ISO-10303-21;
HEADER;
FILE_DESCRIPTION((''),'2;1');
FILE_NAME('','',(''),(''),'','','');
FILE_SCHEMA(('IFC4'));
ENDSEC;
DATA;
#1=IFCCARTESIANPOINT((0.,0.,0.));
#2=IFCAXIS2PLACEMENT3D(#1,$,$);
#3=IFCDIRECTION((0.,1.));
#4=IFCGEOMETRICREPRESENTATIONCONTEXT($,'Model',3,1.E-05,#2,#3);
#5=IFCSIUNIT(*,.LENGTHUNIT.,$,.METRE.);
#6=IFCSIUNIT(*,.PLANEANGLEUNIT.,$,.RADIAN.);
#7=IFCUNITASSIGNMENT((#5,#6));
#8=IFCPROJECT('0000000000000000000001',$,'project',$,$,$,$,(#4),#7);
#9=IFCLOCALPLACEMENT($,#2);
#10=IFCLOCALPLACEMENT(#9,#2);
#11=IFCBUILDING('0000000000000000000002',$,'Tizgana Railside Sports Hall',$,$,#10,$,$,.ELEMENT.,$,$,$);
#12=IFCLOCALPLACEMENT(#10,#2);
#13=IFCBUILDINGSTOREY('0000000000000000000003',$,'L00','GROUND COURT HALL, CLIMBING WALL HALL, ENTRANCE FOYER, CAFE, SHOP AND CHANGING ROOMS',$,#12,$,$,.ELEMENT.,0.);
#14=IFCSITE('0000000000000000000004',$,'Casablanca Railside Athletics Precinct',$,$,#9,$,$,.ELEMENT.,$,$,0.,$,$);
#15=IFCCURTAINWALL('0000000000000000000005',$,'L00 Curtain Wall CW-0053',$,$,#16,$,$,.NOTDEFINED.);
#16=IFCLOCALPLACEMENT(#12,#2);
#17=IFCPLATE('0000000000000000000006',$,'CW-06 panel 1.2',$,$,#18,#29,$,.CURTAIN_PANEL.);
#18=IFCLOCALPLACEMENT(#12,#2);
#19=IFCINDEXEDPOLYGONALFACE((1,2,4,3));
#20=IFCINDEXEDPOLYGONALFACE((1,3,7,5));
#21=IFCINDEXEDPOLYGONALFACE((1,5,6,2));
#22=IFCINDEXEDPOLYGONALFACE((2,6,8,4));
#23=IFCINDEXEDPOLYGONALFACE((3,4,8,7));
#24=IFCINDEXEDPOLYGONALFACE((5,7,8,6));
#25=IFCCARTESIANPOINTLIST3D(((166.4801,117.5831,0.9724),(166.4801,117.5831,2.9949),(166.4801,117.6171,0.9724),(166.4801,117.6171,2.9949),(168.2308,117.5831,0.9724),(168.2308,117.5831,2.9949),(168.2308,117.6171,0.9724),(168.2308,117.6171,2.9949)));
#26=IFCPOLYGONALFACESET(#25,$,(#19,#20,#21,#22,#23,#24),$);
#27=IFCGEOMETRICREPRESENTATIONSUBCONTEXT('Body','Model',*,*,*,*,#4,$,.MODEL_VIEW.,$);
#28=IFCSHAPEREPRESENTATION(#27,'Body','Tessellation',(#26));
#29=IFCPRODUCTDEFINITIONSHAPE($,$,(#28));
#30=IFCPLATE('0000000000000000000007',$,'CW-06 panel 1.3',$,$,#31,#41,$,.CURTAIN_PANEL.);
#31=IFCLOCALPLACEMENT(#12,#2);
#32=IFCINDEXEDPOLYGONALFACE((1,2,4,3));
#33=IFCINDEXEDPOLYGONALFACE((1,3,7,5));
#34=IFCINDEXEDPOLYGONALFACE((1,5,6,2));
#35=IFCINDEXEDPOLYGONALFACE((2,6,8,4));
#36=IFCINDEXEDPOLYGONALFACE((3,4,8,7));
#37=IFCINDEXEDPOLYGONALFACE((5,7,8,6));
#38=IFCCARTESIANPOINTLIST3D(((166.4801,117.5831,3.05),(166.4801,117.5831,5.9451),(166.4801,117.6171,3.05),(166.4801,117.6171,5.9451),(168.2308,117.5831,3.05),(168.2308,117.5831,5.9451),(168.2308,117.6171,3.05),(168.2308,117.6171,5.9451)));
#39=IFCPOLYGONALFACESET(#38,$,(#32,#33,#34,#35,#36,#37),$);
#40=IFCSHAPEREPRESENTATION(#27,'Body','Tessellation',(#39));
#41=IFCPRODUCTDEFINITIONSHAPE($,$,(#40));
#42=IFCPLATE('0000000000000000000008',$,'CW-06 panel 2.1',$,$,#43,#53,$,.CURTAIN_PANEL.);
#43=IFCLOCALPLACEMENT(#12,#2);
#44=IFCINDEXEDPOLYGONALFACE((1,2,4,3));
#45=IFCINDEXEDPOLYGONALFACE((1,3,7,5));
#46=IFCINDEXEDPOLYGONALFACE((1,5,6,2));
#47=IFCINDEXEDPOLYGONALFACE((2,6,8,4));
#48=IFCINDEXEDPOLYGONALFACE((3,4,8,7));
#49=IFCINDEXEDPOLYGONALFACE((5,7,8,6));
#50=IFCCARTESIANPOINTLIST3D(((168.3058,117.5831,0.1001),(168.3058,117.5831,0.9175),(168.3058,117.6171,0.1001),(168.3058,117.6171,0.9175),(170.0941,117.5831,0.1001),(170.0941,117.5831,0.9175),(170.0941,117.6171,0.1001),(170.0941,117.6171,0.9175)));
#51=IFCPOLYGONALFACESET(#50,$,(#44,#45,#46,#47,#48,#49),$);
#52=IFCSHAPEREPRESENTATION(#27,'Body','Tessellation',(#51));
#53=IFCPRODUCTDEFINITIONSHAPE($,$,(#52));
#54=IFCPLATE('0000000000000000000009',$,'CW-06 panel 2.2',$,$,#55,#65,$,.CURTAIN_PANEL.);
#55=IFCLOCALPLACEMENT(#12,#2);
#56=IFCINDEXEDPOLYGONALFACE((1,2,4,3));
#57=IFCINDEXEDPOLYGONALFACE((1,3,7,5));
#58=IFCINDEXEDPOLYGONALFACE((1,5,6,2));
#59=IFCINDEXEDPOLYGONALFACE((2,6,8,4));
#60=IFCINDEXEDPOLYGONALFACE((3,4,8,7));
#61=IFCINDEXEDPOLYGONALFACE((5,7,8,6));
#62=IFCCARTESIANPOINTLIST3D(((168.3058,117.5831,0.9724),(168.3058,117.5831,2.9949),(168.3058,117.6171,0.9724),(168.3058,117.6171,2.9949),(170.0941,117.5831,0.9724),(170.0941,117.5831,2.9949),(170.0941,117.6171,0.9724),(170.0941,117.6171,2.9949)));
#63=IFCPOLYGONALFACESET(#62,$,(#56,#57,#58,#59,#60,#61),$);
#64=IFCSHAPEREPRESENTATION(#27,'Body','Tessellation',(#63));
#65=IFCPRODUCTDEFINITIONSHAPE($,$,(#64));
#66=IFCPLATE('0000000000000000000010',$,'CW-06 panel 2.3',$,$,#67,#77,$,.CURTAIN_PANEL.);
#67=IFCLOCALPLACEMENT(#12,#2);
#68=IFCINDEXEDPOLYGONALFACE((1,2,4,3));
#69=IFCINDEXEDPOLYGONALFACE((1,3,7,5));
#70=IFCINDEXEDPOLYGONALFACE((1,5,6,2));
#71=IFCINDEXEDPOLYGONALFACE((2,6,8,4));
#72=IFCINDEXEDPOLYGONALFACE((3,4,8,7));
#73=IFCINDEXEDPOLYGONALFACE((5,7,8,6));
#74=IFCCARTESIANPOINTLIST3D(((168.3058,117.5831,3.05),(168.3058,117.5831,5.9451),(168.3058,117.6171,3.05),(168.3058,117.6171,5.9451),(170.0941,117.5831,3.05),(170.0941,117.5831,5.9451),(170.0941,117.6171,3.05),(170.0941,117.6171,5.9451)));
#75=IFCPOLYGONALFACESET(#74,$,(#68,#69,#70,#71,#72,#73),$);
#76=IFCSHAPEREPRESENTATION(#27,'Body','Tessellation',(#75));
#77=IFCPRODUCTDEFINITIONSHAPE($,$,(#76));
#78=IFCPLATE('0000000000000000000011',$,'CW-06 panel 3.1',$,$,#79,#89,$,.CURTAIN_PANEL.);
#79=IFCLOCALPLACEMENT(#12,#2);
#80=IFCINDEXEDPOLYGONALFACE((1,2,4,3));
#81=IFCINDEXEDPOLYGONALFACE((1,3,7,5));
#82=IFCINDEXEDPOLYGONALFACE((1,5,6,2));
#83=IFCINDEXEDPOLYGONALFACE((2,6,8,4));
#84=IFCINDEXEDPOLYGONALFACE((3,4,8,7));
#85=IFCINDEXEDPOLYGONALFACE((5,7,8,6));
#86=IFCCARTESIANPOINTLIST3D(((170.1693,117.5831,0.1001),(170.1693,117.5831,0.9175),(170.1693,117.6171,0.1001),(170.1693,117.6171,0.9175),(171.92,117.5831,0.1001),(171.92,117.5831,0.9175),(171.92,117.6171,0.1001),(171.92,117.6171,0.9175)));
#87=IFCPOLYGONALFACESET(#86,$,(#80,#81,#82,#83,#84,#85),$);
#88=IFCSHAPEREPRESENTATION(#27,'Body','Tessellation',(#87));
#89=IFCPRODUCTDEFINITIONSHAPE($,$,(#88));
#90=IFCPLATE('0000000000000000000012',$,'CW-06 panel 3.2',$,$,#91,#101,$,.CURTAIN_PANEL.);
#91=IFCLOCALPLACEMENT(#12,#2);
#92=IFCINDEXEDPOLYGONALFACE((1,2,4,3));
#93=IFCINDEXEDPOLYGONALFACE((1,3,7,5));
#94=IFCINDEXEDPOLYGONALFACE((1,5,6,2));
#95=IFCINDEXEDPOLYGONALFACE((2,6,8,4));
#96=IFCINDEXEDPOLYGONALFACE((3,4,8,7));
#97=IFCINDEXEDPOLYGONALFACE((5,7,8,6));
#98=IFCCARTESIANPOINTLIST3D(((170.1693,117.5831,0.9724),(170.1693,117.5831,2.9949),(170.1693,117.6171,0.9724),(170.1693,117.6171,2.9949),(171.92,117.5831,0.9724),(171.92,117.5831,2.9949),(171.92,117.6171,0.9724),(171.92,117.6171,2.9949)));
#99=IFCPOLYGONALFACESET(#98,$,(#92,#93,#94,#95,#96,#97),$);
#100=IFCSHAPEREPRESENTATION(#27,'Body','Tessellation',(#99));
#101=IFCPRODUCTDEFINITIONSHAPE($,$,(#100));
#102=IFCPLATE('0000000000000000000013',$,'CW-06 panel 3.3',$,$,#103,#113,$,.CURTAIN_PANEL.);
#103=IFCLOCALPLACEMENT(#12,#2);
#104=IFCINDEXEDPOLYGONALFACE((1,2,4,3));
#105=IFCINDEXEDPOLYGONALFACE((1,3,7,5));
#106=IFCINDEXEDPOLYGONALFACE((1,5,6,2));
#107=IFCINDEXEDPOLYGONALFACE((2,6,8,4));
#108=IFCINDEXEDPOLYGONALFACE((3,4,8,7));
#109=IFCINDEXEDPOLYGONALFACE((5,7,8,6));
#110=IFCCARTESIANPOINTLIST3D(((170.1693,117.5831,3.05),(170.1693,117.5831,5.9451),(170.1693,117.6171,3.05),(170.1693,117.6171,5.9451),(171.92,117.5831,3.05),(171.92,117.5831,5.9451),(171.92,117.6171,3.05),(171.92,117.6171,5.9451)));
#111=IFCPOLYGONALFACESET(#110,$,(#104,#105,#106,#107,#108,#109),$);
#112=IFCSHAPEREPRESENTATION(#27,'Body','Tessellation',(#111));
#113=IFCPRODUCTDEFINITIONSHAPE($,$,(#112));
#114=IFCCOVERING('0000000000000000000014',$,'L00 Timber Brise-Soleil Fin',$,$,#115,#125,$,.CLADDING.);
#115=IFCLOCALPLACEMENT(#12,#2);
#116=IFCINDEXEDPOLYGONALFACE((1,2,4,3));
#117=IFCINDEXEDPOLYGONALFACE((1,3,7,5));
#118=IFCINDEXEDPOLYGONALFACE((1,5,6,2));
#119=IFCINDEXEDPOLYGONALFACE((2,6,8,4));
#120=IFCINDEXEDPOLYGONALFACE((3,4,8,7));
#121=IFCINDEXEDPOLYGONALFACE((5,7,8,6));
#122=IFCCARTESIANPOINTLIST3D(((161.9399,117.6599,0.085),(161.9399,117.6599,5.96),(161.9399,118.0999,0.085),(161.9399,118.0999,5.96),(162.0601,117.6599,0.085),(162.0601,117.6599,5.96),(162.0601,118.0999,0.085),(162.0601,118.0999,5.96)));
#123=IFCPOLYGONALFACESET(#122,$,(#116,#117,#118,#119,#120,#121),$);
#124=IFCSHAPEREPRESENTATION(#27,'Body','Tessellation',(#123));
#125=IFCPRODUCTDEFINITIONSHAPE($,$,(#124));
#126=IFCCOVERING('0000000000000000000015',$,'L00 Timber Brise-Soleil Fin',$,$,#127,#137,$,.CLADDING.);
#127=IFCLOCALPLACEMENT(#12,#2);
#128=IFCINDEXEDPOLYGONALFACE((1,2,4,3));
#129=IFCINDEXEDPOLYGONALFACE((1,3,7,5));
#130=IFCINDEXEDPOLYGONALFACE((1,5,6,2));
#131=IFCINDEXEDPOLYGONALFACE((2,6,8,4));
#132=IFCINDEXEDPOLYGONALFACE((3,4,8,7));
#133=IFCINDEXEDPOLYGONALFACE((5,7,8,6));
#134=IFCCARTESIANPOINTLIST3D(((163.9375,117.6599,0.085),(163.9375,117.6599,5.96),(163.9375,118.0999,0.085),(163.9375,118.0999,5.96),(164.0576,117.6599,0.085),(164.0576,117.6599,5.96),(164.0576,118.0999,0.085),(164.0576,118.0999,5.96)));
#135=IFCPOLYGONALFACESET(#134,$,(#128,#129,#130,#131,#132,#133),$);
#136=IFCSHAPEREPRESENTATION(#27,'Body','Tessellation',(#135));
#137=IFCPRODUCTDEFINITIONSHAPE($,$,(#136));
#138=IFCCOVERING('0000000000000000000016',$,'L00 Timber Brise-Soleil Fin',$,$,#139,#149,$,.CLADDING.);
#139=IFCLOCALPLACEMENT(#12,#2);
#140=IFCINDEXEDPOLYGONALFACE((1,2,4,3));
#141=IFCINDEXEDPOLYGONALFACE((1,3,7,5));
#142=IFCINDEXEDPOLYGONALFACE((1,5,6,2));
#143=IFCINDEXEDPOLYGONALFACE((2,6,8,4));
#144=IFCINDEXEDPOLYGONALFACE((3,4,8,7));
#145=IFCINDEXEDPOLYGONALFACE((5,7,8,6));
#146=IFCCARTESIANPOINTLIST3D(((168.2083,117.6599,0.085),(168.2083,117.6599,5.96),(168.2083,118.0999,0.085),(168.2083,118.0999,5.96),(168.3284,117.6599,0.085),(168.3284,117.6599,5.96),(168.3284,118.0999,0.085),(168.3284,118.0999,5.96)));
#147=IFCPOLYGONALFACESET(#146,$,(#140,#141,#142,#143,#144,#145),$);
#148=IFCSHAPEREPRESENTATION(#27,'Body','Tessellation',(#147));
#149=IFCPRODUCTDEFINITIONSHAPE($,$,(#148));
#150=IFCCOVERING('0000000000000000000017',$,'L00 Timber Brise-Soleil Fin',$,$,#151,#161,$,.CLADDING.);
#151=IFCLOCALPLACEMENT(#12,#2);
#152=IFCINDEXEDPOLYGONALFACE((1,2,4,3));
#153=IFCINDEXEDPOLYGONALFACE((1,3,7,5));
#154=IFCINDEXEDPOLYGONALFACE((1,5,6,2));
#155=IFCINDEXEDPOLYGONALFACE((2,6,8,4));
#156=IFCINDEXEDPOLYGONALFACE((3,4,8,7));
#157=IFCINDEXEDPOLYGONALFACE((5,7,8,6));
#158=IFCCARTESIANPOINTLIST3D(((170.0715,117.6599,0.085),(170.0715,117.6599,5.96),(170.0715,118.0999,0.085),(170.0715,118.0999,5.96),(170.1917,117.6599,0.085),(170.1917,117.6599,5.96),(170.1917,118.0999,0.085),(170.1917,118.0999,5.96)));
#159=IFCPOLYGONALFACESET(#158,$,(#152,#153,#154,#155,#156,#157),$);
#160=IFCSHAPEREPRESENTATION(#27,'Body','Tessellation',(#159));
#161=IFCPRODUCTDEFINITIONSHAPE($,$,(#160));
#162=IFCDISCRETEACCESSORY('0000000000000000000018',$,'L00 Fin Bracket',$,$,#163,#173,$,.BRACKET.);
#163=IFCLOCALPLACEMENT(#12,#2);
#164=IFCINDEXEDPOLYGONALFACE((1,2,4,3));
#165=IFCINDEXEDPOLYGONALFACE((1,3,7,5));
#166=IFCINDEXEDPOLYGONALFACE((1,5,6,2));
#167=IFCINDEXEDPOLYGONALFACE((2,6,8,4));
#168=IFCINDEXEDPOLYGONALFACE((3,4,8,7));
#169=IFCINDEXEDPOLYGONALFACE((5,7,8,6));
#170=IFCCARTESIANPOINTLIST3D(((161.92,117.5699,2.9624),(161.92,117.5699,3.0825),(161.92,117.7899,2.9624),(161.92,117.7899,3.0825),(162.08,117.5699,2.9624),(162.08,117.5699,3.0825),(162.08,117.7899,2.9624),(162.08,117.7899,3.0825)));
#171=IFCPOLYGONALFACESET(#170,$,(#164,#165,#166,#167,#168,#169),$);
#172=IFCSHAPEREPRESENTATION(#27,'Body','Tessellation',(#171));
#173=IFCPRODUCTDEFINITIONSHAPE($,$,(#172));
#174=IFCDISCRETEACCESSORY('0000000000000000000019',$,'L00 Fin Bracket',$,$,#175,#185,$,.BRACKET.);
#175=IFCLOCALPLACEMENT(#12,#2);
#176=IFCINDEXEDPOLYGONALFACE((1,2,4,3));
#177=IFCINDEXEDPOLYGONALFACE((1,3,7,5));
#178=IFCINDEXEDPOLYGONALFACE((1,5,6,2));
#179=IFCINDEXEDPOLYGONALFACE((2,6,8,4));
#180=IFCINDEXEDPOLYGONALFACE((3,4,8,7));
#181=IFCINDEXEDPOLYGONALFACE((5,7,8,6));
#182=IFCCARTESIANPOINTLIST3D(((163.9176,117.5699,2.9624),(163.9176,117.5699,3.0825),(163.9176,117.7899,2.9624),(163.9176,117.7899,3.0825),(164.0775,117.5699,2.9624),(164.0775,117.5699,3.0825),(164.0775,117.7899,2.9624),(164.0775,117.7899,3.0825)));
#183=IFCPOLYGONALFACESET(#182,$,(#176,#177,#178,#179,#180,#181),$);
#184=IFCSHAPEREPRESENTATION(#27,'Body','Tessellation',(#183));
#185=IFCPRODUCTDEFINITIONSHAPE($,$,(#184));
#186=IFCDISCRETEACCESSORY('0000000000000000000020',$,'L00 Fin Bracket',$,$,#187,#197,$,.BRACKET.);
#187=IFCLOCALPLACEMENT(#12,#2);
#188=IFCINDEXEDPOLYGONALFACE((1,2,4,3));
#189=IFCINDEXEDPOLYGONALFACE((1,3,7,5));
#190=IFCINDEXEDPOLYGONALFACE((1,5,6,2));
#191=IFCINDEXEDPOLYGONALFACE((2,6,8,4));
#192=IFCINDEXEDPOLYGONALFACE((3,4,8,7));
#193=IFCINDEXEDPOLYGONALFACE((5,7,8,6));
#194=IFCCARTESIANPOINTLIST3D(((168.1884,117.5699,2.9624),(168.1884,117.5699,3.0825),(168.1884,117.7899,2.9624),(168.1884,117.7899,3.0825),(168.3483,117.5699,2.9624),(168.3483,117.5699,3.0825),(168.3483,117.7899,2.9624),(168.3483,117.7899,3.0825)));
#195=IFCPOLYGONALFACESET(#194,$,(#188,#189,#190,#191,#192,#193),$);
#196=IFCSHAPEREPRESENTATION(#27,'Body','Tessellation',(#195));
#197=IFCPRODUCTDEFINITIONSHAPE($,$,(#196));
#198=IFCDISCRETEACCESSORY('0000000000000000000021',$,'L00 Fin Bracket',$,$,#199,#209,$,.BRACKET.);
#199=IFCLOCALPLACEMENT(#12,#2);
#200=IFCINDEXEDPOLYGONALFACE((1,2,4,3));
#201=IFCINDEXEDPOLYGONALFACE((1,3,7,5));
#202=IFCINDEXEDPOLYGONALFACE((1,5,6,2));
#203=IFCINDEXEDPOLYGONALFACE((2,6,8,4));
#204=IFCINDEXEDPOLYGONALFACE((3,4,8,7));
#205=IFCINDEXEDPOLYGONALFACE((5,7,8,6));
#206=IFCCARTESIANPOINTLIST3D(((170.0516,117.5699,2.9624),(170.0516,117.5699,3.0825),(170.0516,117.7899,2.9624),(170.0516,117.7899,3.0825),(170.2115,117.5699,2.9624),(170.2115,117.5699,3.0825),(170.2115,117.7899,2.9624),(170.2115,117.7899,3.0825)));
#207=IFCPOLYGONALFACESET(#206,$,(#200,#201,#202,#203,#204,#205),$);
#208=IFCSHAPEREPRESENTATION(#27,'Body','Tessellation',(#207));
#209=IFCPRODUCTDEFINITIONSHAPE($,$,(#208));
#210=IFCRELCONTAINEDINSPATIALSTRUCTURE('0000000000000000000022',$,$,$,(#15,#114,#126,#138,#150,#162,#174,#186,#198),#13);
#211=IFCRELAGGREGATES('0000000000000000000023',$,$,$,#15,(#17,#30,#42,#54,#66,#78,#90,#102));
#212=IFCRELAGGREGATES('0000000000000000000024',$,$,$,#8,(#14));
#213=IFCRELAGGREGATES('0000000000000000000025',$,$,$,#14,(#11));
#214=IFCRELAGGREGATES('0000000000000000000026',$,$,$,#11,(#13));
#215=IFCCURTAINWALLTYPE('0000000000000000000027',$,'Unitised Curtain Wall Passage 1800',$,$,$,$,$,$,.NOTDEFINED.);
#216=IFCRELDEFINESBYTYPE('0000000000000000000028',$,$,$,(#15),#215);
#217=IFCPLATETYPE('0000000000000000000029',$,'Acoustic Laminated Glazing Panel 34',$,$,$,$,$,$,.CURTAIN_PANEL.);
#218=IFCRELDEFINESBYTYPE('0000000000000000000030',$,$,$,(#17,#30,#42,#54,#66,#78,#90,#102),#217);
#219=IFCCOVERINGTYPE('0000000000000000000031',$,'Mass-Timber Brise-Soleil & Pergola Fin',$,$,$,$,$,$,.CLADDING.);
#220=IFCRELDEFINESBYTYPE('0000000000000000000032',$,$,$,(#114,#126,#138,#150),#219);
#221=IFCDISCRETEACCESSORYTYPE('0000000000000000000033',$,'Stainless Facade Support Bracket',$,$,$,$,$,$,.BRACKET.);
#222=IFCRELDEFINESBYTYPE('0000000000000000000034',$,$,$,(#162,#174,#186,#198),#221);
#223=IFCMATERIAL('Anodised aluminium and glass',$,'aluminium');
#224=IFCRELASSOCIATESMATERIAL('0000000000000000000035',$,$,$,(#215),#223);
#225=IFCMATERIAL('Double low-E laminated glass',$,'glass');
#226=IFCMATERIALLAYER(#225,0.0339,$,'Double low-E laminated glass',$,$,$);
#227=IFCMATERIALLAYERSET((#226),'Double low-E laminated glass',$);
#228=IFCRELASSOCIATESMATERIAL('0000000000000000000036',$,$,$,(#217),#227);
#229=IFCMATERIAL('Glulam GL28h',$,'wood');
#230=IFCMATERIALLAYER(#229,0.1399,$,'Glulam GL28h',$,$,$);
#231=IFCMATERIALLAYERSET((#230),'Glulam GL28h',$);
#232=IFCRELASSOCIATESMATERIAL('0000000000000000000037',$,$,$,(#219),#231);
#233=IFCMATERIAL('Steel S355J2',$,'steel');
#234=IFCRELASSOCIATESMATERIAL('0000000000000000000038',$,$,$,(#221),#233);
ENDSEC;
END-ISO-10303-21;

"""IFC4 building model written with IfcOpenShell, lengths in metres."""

from ifc_helpers import new_model, si_unit, direction, frame, origin, origin_2d, place, context, subcontext, project, spatial, rectangle, extrude, material, layer, layer_set, type_object, element, aggregate, save


model = new_model("IFC4")

# Units and contexts
model_context = context("Model", 3, precision=1e-05, world=origin(), true_north=direction((0.0, 1.0)))
body_context = subcontext(model_context, "Body", "Model", "MODEL_VIEW")
ifc_project = project(units=[si_unit("LENGTHUNIT", "METRE"), si_unit("PLANEANGLEUNIT", "RADIAN")], contexts=[model_context])

# Site, building, storey
site_placement = place(None, origin())
site = spatial("IfcSite", under=ifc_project, at=site_placement, Name="Casablanca Railside Athletics Precinct", CompositionType="ELEMENT", RefElevation=0.0)
building_placement = place(site_placement, origin())
building = spatial("IfcBuilding", under=site, at=building_placement, Name="Tizgana Railside Sports Hall", CompositionType="ELEMENT")
storey_placement = place(building_placement, origin())
storey = spatial("IfcBuildingStorey", under=building, at=storey_placement, Name="L00", Description="GROUND COURT HALL, CLIMBING WALL HALL, ENTRANCE FOYER, CAFE, SHOP AND CHANGING ROOMS", CompositionType="ELEMENT", Elevation=0.0)

# Curtain wall, plates
ifc_material_1 = material(Name="Anodised aluminium and glass", Category="aluminium")
curtain_wall_type = type_object("IfcCurtainWallType", Name="Unitised Curtain Wall Passage 1800", PredefinedType="NOTDEFINED", material=ifc_material_1)
curtain_wall_placement = place(storey_placement, origin())
curtain_wall = element("IfcCurtainWall", 1, at=curtain_wall_placement, inside=storey, type_object=curtain_wall_type, Name="L00 Curtain Wall CW-0053", PredefinedType="NOTDEFINED")
ifc_material_2 = material(Name="Double low-E laminated glass", Category="glass")
ifc_layer_1 = layer(ifc_material_2, 0.0339, Name="Double low-E laminated glass")
ifc_layer_set_1 = layer_set([ifc_layer_1], Name="Double low-E laminated glass")
plate_type = type_object("IfcPlateType", Name="Acoustic Laminated Glazing Panel 34", PredefinedType="CURTAIN_PANEL", material=ifc_layer_set_1)
plate_1_placement = place(storey_placement, frame((167.3555, 117.6001, 0.9724), z_axis=(0.0, 0.0, 1.0), x_axis=(1.0, 0.0, 0.0)))
plate_1 = element("IfcPlate", 2, at=plate_1_placement, type_object=plate_type, Name="CW-06 panel 1.2", PredefinedType="CURTAIN_PANEL", context=body_context, shape_type="SweptSolid", body=[
    extrude(rectangle(XDim=1.7507, YDim=0.0339, at=origin_2d()), origin(), (0.0, 0.0, 1.0), 2.0225),
])
plate_2_placement = place(storey_placement, frame((167.3555, 117.6001, 3.05), z_axis=(0.0, 0.0, 1.0), x_axis=(1.0, 0.0, 0.0)))
plate_2 = element("IfcPlate", 3, at=plate_2_placement, type_object=plate_type, Name="CW-06 panel 1.3", PredefinedType="CURTAIN_PANEL", context=body_context, shape_type="SweptSolid", body=[
    extrude(rectangle(XDim=1.7507, YDim=0.0339, at=origin_2d()), origin(), (0.0, 0.0, 1.0), 2.895),
])
plate_3_placement = place(storey_placement, frame((169.2, 117.6001, 0.1001), z_axis=(0.0, 0.0, 1.0), x_axis=(1.0, 0.0, 0.0)))
plate_3 = element("IfcPlate", 4, at=plate_3_placement, type_object=plate_type, Name="CW-06 panel 2.1", PredefinedType="CURTAIN_PANEL", context=body_context, shape_type="SweptSolid", body=[
    extrude(rectangle(XDim=1.7883, YDim=0.0339, at=origin_2d()), origin(), (0.0, 0.0, 1.0), 0.8174),
])
plate_4_placement = place(storey_placement, frame((169.2, 117.6001, 0.9724), z_axis=(0.0, 0.0, 1.0), x_axis=(1.0, 0.0, 0.0)))
plate_4 = element("IfcPlate", 5, at=plate_4_placement, type_object=plate_type, Name="CW-06 panel 2.2", PredefinedType="CURTAIN_PANEL", context=body_context, shape_type="SweptSolid", body=[
    extrude(rectangle(XDim=1.7883, YDim=0.0339, at=origin_2d()), origin(), (0.0, 0.0, 1.0), 2.0225),
])
plate_5_placement = place(storey_placement, frame((169.2, 117.6001, 3.05), z_axis=(0.0, 0.0, 1.0), x_axis=(1.0, 0.0, 0.0)))
plate_5 = element("IfcPlate", 6, at=plate_5_placement, type_object=plate_type, Name="CW-06 panel 2.3", PredefinedType="CURTAIN_PANEL", context=body_context, shape_type="SweptSolid", body=[
    extrude(rectangle(XDim=1.7883, YDim=0.0339, at=origin_2d()), origin(), (0.0, 0.0, 1.0), 2.895),
])
plate_6_placement = place(storey_placement, frame((171.0447, 117.6001, 0.1001), z_axis=(0.0, 0.0, 1.0), x_axis=(1.0, 0.0, 0.0)))
plate_6 = element("IfcPlate", 7, at=plate_6_placement, type_object=plate_type, Name="CW-06 panel 3.1", PredefinedType="CURTAIN_PANEL", context=body_context, shape_type="SweptSolid", body=[
    extrude(rectangle(XDim=1.7507, YDim=0.0339, at=origin_2d()), origin(), (0.0, 0.0, 1.0), 0.8174),
])
plate_7_placement = place(storey_placement, frame((171.0447, 117.6001, 0.9724), z_axis=(0.0, 0.0, 1.0), x_axis=(1.0, 0.0, 0.0)))
plate_7 = element("IfcPlate", 8, at=plate_7_placement, type_object=plate_type, Name="CW-06 panel 3.2", PredefinedType="CURTAIN_PANEL", context=body_context, shape_type="SweptSolid", body=[
    extrude(rectangle(XDim=1.7507, YDim=0.0339, at=origin_2d()), origin(), (0.0, 0.0, 1.0), 2.0225),
])
plate_8_placement = place(storey_placement, frame((171.0447, 117.6001, 3.05), z_axis=(0.0, 0.0, 1.0), x_axis=(1.0, 0.0, 0.0)))
plate_8 = element("IfcPlate", 9, at=plate_8_placement, type_object=plate_type, Name="CW-06 panel 3.3", PredefinedType="CURTAIN_PANEL", context=body_context, shape_type="SweptSolid", body=[
    extrude(rectangle(XDim=1.7507, YDim=0.0339, at=origin_2d()), origin(), (0.0, 0.0, 1.0), 2.895),
])
aggregate(curtain_wall, [plate_1, plate_2, plate_3, plate_4, plate_5, plate_6, plate_7, plate_8])

# Coverings
ifc_material_3 = material(Name="Glulam GL28h", Category="wood")
ifc_layer_2 = layer(ifc_material_3, 0.1399, Name="Glulam GL28h")
ifc_layer_set_2 = layer_set([ifc_layer_2], Name="Glulam GL28h")
covering_type = type_object("IfcCoveringType", Name="Mass-Timber Brise-Soleil & Pergola Fin", PredefinedType="CLADDING", material=ifc_layer_set_2)
for number, where, z_axis, x_axis, name in (
    (10, (162.0, 117.8799, 0.085), (0.0, 0.0, 1.0), (1.0, 0.0, 0.0), "L00 Timber Brise-Soleil Fin"),
    (11, (163.9976, 117.8799, 0.085), (0.0, 0.0, 1.0), (1.0, 0.0, 0.0), "L00 Timber Brise-Soleil Fin"),
    (12, (168.2683, 117.8799, 0.085), (0.0, 0.0, 1.0), (1.0, 0.0, 0.0), "L00 Timber Brise-Soleil Fin"),
    (13, (170.1316, 117.8799, 0.085), (0.0, 0.0, 1.0), (1.0, 0.0, 0.0), "L00 Timber Brise-Soleil Fin"),
):
    element("IfcCovering", number, at=place(storey_placement, frame(where, z_axis=z_axis, x_axis=x_axis)), inside=storey, type_object=covering_type, Name=name, PredefinedType="CLADDING", context=body_context, shape_type="SweptSolid", body=[
        extrude(rectangle(XDim=0.1201, YDim=0.4399, at=origin_2d()), origin(), (0.0, 0.0, 1.0), 5.875),
    ])

# Discrete accessories
ifc_material_4 = material(Name="Steel S355J2", Category="steel")
discrete_accessory_type = type_object("IfcDiscreteAccessoryType", Name="Stainless Facade Support Bracket", PredefinedType="BRACKET", material=ifc_material_4)
for number, where, z_axis, x_axis, name in (
    (14, (162.0, 117.6799, 2.9624), (0.0, 0.0, 1.0), (1.0, 0.0, 0.0), "L00 Fin Bracket"),
    (15, (163.9976, 117.6799, 2.9624), (0.0, 0.0, 1.0), (1.0, 0.0, 0.0), "L00 Fin Bracket"),
    (16, (168.2683, 117.6799, 2.9624), (0.0, 0.0, 1.0), (1.0, 0.0, 0.0), "L00 Fin Bracket"),
    (17, (170.1316, 117.6799, 2.9624), (0.0, 0.0, 1.0), (1.0, 0.0, 0.0), "L00 Fin Bracket"),
):
    element("IfcDiscreteAccessory", number, at=place(storey_placement, frame(where, z_axis=z_axis, x_axis=x_axis)), inside=storey, type_object=discrete_accessory_type, Name=name, PredefinedType="BRACKET", context=body_context, shape_type="SweptSolid", body=[
        extrude(rectangle(XDim=0.1599, YDim=0.22, at=origin_2d()), origin(), (0.0, 0.0, 1.0), 0.1201),
    ])

save(model, "model.ifc")
